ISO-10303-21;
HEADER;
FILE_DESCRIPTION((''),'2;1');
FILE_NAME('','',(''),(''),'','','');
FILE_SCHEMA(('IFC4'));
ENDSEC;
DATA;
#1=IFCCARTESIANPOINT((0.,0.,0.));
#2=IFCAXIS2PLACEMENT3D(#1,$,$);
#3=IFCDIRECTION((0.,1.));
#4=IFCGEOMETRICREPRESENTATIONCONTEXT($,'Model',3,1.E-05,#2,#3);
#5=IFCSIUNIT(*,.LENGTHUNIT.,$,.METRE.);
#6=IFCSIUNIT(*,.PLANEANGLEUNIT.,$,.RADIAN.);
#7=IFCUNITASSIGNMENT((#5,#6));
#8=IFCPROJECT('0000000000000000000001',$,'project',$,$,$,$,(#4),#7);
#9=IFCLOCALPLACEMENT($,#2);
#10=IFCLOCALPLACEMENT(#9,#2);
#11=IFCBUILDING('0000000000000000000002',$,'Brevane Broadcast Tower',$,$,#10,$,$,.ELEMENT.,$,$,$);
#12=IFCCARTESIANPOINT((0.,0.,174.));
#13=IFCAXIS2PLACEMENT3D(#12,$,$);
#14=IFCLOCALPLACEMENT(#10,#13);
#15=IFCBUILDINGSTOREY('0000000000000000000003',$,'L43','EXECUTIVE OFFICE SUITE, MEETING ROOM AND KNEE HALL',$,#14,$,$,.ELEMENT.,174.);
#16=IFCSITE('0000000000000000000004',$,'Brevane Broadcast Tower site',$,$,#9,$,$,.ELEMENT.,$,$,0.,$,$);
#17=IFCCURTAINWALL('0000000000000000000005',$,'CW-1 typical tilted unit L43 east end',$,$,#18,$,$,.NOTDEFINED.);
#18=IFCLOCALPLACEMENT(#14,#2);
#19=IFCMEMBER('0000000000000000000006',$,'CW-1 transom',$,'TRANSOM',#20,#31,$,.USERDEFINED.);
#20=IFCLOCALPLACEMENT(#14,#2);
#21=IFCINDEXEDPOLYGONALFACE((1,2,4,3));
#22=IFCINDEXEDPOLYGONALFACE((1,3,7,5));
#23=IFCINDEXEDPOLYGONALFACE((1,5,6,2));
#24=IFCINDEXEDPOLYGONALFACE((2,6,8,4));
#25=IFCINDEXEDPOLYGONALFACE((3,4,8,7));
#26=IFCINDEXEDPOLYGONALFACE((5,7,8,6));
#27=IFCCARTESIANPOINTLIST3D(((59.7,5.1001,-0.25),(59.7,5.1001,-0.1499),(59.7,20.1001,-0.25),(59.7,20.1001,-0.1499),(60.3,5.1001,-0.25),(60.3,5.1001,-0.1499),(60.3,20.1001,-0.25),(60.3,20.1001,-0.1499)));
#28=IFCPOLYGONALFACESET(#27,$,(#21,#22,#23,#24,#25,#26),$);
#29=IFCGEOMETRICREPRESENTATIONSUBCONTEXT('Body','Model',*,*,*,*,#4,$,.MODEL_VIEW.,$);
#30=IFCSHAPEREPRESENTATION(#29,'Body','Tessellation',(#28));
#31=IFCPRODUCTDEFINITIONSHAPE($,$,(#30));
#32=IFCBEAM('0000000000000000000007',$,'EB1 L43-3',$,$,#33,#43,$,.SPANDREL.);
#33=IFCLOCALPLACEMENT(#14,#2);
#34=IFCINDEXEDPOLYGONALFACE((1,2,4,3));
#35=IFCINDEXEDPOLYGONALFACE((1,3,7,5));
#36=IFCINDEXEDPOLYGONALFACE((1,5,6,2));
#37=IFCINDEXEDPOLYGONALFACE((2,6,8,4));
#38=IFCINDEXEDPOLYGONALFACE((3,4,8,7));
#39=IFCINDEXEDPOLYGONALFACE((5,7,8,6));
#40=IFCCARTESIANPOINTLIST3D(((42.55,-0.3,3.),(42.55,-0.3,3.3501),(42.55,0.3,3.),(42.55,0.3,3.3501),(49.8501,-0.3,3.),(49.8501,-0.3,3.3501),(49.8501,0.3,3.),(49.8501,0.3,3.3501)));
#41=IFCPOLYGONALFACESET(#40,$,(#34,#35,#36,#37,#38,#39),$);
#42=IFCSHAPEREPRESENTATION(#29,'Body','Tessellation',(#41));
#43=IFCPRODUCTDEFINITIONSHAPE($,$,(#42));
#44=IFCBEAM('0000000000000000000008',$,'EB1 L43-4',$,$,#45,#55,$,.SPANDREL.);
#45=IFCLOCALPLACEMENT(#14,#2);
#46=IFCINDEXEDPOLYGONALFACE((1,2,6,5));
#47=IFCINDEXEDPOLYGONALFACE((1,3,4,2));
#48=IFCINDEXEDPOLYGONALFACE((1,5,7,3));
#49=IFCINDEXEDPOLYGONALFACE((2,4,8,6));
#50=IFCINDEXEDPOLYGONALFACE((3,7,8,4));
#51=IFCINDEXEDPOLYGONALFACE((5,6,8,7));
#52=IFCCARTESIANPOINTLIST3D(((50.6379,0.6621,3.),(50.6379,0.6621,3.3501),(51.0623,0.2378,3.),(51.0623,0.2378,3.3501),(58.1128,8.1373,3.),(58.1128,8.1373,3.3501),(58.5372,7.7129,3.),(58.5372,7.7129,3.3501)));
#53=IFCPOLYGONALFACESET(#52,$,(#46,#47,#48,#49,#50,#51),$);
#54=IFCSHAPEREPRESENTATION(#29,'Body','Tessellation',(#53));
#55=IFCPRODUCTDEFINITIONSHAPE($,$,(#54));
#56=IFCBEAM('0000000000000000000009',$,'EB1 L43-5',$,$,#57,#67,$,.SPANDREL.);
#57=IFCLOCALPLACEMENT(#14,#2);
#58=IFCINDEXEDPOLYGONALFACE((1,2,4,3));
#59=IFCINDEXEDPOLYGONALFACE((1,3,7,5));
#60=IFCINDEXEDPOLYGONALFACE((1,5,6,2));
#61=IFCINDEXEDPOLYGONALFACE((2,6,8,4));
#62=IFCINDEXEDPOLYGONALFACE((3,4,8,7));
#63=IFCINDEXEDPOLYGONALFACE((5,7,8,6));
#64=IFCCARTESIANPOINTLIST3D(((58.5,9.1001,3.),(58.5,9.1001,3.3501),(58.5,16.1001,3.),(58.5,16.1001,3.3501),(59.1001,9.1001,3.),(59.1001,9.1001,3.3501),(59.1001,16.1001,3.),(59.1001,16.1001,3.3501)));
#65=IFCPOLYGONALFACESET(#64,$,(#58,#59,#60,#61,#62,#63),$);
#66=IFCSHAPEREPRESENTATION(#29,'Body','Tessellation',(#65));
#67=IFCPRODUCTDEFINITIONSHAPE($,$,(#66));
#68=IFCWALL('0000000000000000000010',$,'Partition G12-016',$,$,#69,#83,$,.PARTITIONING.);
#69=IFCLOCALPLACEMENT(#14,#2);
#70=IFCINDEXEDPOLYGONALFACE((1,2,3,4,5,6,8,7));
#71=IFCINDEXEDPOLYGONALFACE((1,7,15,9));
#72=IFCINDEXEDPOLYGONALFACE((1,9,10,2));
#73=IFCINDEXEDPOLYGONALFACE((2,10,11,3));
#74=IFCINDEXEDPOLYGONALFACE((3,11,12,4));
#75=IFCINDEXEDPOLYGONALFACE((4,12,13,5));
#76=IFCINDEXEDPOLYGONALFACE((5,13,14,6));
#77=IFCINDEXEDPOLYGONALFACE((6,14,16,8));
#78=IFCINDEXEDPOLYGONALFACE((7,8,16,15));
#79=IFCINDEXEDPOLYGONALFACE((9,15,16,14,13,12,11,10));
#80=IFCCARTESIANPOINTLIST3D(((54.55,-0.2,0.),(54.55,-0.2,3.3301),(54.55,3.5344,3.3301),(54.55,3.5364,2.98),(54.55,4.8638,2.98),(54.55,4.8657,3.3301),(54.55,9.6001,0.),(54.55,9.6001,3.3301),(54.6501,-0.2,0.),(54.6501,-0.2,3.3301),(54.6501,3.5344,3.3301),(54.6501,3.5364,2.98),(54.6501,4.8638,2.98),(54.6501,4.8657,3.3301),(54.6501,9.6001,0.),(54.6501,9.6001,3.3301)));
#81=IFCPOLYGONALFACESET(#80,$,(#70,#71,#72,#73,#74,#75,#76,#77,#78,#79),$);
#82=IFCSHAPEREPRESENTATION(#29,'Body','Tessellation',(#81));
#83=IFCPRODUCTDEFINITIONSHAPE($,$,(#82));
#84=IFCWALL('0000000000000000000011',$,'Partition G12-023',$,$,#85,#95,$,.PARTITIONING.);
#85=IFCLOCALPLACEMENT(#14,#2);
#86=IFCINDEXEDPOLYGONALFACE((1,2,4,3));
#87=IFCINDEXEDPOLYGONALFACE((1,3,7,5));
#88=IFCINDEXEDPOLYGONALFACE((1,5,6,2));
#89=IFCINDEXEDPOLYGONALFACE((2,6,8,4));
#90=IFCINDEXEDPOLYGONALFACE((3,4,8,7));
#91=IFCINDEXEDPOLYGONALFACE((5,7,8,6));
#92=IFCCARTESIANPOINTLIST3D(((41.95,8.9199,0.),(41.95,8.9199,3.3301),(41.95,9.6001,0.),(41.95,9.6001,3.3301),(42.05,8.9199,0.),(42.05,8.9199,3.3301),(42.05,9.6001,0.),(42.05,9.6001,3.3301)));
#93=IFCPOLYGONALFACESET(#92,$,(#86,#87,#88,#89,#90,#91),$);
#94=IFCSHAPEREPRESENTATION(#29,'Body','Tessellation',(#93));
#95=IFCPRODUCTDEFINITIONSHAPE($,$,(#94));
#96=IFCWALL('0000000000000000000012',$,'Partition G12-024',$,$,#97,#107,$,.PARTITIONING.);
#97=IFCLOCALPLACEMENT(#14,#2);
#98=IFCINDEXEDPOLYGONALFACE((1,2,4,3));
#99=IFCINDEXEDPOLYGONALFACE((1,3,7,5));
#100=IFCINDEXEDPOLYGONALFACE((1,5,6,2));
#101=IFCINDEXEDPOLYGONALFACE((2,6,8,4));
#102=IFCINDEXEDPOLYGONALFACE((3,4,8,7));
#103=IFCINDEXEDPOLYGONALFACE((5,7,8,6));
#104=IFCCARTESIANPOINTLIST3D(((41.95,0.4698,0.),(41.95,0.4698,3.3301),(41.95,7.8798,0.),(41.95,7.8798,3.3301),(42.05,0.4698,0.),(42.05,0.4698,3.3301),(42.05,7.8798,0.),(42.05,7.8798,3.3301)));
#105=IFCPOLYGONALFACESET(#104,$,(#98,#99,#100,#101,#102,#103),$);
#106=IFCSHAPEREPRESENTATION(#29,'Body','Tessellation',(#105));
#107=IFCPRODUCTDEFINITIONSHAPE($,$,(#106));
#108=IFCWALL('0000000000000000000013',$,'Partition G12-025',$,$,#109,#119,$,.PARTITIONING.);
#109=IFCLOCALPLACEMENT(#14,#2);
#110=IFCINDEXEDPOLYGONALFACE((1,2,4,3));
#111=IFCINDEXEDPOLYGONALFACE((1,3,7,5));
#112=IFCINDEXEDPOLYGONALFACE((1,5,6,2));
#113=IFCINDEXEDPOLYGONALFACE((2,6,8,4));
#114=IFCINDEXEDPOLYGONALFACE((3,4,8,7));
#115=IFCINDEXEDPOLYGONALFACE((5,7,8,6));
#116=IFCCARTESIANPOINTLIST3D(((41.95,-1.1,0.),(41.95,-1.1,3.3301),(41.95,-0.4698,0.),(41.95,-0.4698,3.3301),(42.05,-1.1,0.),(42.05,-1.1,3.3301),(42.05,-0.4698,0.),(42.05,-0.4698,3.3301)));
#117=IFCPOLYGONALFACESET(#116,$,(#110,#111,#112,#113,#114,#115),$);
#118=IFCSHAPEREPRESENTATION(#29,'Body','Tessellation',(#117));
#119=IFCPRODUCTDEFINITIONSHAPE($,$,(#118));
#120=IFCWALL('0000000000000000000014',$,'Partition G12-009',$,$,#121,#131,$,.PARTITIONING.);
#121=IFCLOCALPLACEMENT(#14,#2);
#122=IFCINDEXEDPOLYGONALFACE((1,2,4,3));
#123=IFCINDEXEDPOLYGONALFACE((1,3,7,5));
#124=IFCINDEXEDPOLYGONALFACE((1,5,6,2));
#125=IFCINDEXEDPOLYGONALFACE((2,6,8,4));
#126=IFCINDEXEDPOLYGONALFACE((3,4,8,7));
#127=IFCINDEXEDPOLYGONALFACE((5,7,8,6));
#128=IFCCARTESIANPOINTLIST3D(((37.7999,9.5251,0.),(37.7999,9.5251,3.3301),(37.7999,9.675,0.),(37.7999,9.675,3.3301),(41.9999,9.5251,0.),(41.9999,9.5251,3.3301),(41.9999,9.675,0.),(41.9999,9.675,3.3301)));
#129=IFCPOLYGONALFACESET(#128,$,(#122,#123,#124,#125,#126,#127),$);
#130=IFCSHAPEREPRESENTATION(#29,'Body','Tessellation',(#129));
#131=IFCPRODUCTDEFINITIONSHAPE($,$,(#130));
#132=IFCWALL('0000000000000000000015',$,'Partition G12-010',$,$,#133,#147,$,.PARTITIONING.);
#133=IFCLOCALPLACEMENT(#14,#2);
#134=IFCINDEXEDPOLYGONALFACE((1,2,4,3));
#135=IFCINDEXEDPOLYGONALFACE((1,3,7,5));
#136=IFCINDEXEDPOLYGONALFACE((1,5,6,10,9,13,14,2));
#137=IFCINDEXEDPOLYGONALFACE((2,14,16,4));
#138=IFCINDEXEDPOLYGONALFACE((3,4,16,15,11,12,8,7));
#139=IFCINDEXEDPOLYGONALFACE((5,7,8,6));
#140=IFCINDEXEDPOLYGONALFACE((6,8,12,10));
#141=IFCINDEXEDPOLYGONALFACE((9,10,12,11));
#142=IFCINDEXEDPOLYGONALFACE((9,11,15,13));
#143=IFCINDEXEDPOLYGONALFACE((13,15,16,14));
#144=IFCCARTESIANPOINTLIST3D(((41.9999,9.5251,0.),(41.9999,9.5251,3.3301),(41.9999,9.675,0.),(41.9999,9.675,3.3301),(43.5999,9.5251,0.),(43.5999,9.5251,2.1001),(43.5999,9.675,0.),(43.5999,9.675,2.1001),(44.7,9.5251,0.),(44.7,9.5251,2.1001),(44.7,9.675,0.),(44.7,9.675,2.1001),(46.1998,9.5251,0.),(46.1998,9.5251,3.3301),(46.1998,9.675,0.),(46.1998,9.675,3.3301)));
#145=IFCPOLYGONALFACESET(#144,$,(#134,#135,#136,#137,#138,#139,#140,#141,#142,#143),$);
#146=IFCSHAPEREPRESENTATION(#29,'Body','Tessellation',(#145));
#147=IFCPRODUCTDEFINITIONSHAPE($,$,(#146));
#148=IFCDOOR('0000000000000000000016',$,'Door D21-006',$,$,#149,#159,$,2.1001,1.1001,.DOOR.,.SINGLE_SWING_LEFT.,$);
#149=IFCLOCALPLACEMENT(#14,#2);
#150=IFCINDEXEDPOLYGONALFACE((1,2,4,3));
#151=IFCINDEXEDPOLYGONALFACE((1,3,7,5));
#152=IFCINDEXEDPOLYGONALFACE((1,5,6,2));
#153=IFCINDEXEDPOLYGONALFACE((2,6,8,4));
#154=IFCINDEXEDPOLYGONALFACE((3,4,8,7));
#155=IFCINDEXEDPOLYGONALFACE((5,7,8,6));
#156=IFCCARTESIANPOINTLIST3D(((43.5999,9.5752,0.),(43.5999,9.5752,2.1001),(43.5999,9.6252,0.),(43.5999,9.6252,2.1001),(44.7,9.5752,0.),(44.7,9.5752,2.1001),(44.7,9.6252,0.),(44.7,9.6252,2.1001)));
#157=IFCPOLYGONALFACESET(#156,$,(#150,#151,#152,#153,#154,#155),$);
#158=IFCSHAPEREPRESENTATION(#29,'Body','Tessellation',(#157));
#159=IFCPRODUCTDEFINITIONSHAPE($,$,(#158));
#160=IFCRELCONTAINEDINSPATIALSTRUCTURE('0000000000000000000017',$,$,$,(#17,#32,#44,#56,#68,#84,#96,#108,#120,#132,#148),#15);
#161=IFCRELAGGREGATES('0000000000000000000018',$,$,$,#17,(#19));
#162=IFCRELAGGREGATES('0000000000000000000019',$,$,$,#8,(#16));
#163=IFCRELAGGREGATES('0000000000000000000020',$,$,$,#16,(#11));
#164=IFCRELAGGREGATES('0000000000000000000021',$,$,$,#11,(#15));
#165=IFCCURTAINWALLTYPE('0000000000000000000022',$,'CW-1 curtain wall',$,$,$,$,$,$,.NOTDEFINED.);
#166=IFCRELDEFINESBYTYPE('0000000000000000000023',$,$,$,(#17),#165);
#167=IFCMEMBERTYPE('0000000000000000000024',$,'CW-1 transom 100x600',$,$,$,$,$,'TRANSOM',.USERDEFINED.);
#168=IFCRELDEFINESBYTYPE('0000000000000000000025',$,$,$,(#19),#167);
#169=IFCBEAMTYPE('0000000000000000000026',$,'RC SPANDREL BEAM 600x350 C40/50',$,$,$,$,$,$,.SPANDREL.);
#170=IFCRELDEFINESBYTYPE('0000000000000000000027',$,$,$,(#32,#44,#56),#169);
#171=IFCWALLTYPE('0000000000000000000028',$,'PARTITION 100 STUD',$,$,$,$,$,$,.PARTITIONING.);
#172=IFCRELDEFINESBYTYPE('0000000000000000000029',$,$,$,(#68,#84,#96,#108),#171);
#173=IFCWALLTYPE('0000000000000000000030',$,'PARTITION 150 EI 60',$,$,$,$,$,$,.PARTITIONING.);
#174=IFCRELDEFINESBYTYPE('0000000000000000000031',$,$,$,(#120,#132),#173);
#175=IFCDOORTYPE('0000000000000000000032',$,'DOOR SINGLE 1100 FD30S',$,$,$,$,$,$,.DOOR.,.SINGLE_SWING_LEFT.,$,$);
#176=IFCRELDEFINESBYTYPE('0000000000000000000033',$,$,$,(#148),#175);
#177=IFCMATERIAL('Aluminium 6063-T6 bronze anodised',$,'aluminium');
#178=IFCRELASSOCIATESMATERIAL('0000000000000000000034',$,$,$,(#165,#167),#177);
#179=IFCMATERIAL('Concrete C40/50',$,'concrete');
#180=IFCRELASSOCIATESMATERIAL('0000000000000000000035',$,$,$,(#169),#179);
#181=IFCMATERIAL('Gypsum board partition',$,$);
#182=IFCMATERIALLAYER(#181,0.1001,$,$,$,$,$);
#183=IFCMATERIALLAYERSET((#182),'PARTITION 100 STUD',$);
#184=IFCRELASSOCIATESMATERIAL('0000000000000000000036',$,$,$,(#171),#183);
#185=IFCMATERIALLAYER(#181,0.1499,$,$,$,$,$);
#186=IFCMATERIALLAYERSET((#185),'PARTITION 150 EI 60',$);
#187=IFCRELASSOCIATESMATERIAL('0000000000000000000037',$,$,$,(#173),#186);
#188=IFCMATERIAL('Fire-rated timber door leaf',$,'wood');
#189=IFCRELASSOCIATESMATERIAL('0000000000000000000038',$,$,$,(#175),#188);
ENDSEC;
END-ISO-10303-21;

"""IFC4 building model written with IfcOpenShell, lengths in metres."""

from ifc_helpers import new_model, si_unit, direction, frame, frame_2d, origin, origin_2d, place, context, subcontext, project, spatial, polyline, rectangle, outline, extrude, material, layer, layer_set, material_profile, profile_set, type_object, element, fill, aggregate, save


model = new_model("IFC4")

# Units and contexts
model_context = context("Model", 3, precision=1e-05, world=origin(), true_north=direction((0.0, 1.0)))
body_context = subcontext(model_context, "Body", "Model", "MODEL_VIEW")
ifc_project = project(units=[si_unit("LENGTHUNIT", "METRE"), si_unit("PLANEANGLEUNIT", "RADIAN")], contexts=[model_context])

# Site, building, storey
site_placement = place(None, origin())
site = spatial("IfcSite", under=ifc_project, at=site_placement, Name="Brevane Broadcast Tower site", CompositionType="ELEMENT", RefElevation=0.0)
building_placement = place(site_placement, origin())
building = spatial("IfcBuilding", under=site, at=building_placement, Name="Brevane Broadcast Tower", CompositionType="ELEMENT")
storey_placement = place(building_placement, frame((0.0, 0.0, 174.0)))
storey = spatial("IfcBuildingStorey", under=building, at=storey_placement, Name="L43", Description="EXECUTIVE OFFICE SUITE, MEETING ROOM AND KNEE HALL", CompositionType="ELEMENT", Elevation=174.0)

# Curtain wall
ifc_material_1 = material(Name="Aluminium 6063-T6 bronze anodised", Category="aluminium")
curtain_wall_type = type_object("IfcCurtainWallType", Name="CW-1 curtain wall", PredefinedType="NOTDEFINED", material=ifc_material_1)
curtain_wall_1_placement = place(storey_placement, origin())
curtain_wall_1 = element("IfcCurtainWall", 1, at=curtain_wall_1_placement, inside=storey, type_object=curtain_wall_type, Name="CW-1 typical tilted unit L43 east end", PredefinedType="NOTDEFINED")

# Member
ifc_material_profile_1 = material_profile(ifc_material_1, rectangle(XDim=0.6001, YDim=0.1001, at=origin_2d()), Name="RECT 100x600")
ifc_profile_set_1 = profile_set([ifc_material_profile_1], Name="Aluminium 6063-T6 bronze anodised")
member_type_1 = type_object("IfcMemberType", Name="CW-1 transom 100x600", ElementType="TRANSOM", PredefinedType="USERDEFINED", material=ifc_profile_set_1)
member_1_placement = place(storey_placement, frame((60.0, 5.1001, -0.2), z_axis=(0.0, 1.0, 0.0), x_axis=(-1.0, 0.0, 0.0)))
member_1 = element("IfcMember", 2, at=member_1_placement, type_object=member_type_1, Name="CW-1 transom", ObjectType="TRANSOM", PredefinedType="USERDEFINED", context=body_context, shape_type="SweptSolid", body=[
    extrude(rectangle(XDim=0.6001, YDim=0.1001, at=origin_2d()), origin(), (0.0, 0.0, 1.0), 15.0),
])
aggregate(curtain_wall_1, [member_1])

# Beams
ifc_material_2 = material(Name="Concrete C40/50", Category="concrete")
ifc_material_profile_2 = material_profile(ifc_material_2, rectangle(XDim=0.6001, YDim=0.3501, at=origin_2d()), Name="RC 600x350")
ifc_profile_set_2 = profile_set([ifc_material_profile_2], Name="Concrete C40/50")
beam_type = type_object("IfcBeamType", Name="RC SPANDREL BEAM 600x350 C40/50", PredefinedType="SPANDREL", material=ifc_profile_set_2)
beam_1_placement = place(storey_placement, frame((42.55, 0.0, 3.175), z_axis=(1.0, 0.0, 0.0), x_axis=(0.0, 1.0, 0.0)))
element("IfcBeam", 3, at=beam_1_placement, inside=storey, type_object=beam_type, Name="EB1 L43-3", PredefinedType="SPANDREL", context=body_context, shape_type="SweptSolid", body=[
    extrude(rectangle(XDim=0.6001, YDim=0.3501, at=origin_2d()), origin(), (0.0, 0.0, 1.0), 7.3),
])
beam_2_placement = place(storey_placement, frame((50.8501, 0.45, 3.175), z_axis=(0.707095, 0.707118, 0.0), x_axis=(-0.707118, 0.707095, 0.0)))
element("IfcBeam", 4, at=beam_2_placement, inside=storey, type_object=beam_type, Name="EB1 L43-4", PredefinedType="SPANDREL", context=body_context, shape_type="SweptSolid", body=[
    extrude(rectangle(XDim=0.6001, YDim=0.3501, at=origin_2d()), origin(), (0.0, 0.0, 1.0), 10.5713),
])
beam_3_placement = place(storey_placement, frame((58.8, 9.1001, 3.175), z_axis=(0.0, 1.0, 0.0), x_axis=(-1.0, 0.0, 0.0)))
element("IfcBeam", 5, at=beam_3_placement, inside=storey, type_object=beam_type, Name="EB1 L43-5", PredefinedType="SPANDREL", context=body_context, shape_type="SweptSolid", body=[
    extrude(rectangle(XDim=0.6001, YDim=0.3501, at=origin_2d()), origin(), (0.0, 0.0, 1.0), 7.0),
])

# Walls
ifc_material_3 = material(Name="Gypsum board partition")
ifc_layer_1 = layer(ifc_material_3, 0.1001)
ifc_layer_set_1 = layer_set([ifc_layer_1], Name="PARTITION 100 STUD")
wall_type_1 = type_object("IfcWallType", Name="PARTITION 100 STUD", PredefinedType="PARTITIONING", material=ifc_layer_set_1)
wall_1_placement = place(storey_placement, frame((54.6001, -0.2, 0.0), z_axis=(0.0, 0.0, 1.0), x_axis=(0.0, 1.0, 0.0)))
element("IfcWall", 6, at=wall_1_placement, inside=storey, type_object=wall_type_1, Name="Partition G12-016", PredefinedType="PARTITIONING", context=body_context, shape_type="SweptSolid", body=[
    extrude(outline(polyline([(0.0, 0.0), (9.8, 0.0), (9.8, 3.3301), (5.0657, 3.3301), (5.0637, 2.98), (3.7363, 2.98), (3.7344, 3.3301), (0.0, 3.3301), (0.0, 0.0)])), frame((0.0, 0.05, 0.0), z_axis=(0.0, -1.0, 0.0), x_axis=(1.0, 0.0, 0.0)), (0.0, 0.0, 1.0), 0.1001),
])
wall_2_placement = place(storey_placement, frame((42.0, 9.6001, 0.0), z_axis=(0.0, 0.0, 1.0), x_axis=(0.0, -1.0, 0.0)))
element("IfcWall", 7, at=wall_2_placement, inside=storey, type_object=wall_type_1, Name="Partition G12-023", PredefinedType="PARTITIONING", context=body_context, shape_type="SweptSolid", body=[
    extrude(rectangle(XDim=0.6802, YDim=0.1001, at=frame_2d((0.3401, 0.0))), origin(), (0.0, 0.0, 1.0), 3.3301),
])
wall_3_placement = place(storey_placement, frame((42.0, 7.8799, 0.0), z_axis=(0.0, 0.0, 1.0), x_axis=(0.0, -1.0, 0.0)))
element("IfcWall", 8, at=wall_3_placement, inside=storey, type_object=wall_type_1, Name="Partition G12-024", PredefinedType="PARTITIONING", context=body_context, shape_type="SweptSolid", body=[
    extrude(rectangle(XDim=7.4099, YDim=0.1001, at=frame_2d((3.7051, 0.0))), origin(), (0.0, 0.0, 1.0), 3.3301),
])
wall_4_placement = place(storey_placement, frame((42.0, -0.47, 0.0), z_axis=(0.0, 0.0, 1.0), x_axis=(0.0, -1.0, 0.0)))
element("IfcWall", 9, at=wall_4_placement, inside=storey, type_object=wall_type_1, Name="Partition G12-025", PredefinedType="PARTITIONING", context=body_context, shape_type="SweptSolid", body=[
    extrude(rectangle(XDim=0.6301, YDim=0.1001, at=frame_2d((0.3149, 0.0))), origin(), (0.0, 0.0, 1.0), 3.3301),
])
ifc_layer_2 = layer(ifc_material_3, 0.1499)
ifc_layer_set_2 = layer_set([ifc_layer_2], Name="PARTITION 150 EI 60")
wall_type_2 = type_object("IfcWallType", Name="PARTITION 150 EI 60", PredefinedType="PARTITIONING", material=ifc_layer_set_2)
wall_5_placement = place(storey_placement, frame((42.0, 9.6001, 0.0), z_axis=(0.0, 0.0, 1.0), x_axis=(-1.0, 0.0, 0.0)))
element("IfcWall", 10, at=wall_5_placement, inside=storey, type_object=wall_type_2, Name="Partition G12-009", PredefinedType="PARTITIONING", context=body_context, shape_type="SweptSolid", body=[
    extrude(rectangle(XDim=4.2, YDim=0.1499, at=frame_2d((2.1001, 0.0))), origin(), (0.0, 0.0, 1.0), 3.3301),
])

# Wall, opening, door
wall_6_placement = place(storey_placement, frame((46.2, 9.6001, 0.0), z_axis=(0.0, 0.0, 1.0), x_axis=(-1.0, 0.0, 0.0)))
wall_6 = element("IfcWall", 11, at=wall_6_placement, inside=storey, type_object=wall_type_2, Name="Partition G12-010", PredefinedType="PARTITIONING", context=body_context, shape_type="SweptSolid", body=[
    extrude(rectangle(XDim=4.2, YDim=0.1499, at=frame_2d((2.1001, 0.0))), origin(), (0.0, 0.0, 1.0), 3.3301),
])
opening_placement = place(wall_6_placement, frame((1.5, 0.0, 0.0)))
opening = element("IfcOpeningElement", 12, at=opening_placement, cuts=wall_6, PredefinedType="OPENING", context=body_context, shape_type="SweptSolid", body=[
    extrude(rectangle(XDim=1.1001, YDim=2.1001, at=frame_2d((0.55, 1.05))), frame((0.0, 0.085, 0.0), z_axis=(0.0, -1.0, 0.0), x_axis=(1.0, 0.0, 0.0)), (0.0, 0.0, 1.0), 0.1699),
])
ifc_material_4 = material(Name="Fire-rated timber door leaf", Category="wood")
door_type = type_object("IfcDoorType", Name="DOOR SINGLE 1100 FD30S", OperationType="SINGLE_SWING_LEFT", PredefinedType="DOOR", material=ifc_material_4)
door_placement = place(opening_placement, origin())
door = element("IfcDoor", 13, at=door_placement, inside=storey, type_object=door_type, Name="Door D21-006", OperationType="SINGLE_SWING_LEFT", OverallHeight=2.1001, OverallWidth=1.1001, PredefinedType="DOOR", context=body_context, shape_type="SweptSolid", body=[
    extrude(rectangle(XDim=1.1001, YDim=2.1001, at=frame_2d((0.55, 1.05))), frame((0.0, 0.0249, 0.0), z_axis=(0.0, -1.0, 0.0), x_axis=(1.0, 0.0, 0.0)), (0.0, 0.0, 1.0), 0.05),
])
fill(opening, door)

save(model, "model.ifc")
